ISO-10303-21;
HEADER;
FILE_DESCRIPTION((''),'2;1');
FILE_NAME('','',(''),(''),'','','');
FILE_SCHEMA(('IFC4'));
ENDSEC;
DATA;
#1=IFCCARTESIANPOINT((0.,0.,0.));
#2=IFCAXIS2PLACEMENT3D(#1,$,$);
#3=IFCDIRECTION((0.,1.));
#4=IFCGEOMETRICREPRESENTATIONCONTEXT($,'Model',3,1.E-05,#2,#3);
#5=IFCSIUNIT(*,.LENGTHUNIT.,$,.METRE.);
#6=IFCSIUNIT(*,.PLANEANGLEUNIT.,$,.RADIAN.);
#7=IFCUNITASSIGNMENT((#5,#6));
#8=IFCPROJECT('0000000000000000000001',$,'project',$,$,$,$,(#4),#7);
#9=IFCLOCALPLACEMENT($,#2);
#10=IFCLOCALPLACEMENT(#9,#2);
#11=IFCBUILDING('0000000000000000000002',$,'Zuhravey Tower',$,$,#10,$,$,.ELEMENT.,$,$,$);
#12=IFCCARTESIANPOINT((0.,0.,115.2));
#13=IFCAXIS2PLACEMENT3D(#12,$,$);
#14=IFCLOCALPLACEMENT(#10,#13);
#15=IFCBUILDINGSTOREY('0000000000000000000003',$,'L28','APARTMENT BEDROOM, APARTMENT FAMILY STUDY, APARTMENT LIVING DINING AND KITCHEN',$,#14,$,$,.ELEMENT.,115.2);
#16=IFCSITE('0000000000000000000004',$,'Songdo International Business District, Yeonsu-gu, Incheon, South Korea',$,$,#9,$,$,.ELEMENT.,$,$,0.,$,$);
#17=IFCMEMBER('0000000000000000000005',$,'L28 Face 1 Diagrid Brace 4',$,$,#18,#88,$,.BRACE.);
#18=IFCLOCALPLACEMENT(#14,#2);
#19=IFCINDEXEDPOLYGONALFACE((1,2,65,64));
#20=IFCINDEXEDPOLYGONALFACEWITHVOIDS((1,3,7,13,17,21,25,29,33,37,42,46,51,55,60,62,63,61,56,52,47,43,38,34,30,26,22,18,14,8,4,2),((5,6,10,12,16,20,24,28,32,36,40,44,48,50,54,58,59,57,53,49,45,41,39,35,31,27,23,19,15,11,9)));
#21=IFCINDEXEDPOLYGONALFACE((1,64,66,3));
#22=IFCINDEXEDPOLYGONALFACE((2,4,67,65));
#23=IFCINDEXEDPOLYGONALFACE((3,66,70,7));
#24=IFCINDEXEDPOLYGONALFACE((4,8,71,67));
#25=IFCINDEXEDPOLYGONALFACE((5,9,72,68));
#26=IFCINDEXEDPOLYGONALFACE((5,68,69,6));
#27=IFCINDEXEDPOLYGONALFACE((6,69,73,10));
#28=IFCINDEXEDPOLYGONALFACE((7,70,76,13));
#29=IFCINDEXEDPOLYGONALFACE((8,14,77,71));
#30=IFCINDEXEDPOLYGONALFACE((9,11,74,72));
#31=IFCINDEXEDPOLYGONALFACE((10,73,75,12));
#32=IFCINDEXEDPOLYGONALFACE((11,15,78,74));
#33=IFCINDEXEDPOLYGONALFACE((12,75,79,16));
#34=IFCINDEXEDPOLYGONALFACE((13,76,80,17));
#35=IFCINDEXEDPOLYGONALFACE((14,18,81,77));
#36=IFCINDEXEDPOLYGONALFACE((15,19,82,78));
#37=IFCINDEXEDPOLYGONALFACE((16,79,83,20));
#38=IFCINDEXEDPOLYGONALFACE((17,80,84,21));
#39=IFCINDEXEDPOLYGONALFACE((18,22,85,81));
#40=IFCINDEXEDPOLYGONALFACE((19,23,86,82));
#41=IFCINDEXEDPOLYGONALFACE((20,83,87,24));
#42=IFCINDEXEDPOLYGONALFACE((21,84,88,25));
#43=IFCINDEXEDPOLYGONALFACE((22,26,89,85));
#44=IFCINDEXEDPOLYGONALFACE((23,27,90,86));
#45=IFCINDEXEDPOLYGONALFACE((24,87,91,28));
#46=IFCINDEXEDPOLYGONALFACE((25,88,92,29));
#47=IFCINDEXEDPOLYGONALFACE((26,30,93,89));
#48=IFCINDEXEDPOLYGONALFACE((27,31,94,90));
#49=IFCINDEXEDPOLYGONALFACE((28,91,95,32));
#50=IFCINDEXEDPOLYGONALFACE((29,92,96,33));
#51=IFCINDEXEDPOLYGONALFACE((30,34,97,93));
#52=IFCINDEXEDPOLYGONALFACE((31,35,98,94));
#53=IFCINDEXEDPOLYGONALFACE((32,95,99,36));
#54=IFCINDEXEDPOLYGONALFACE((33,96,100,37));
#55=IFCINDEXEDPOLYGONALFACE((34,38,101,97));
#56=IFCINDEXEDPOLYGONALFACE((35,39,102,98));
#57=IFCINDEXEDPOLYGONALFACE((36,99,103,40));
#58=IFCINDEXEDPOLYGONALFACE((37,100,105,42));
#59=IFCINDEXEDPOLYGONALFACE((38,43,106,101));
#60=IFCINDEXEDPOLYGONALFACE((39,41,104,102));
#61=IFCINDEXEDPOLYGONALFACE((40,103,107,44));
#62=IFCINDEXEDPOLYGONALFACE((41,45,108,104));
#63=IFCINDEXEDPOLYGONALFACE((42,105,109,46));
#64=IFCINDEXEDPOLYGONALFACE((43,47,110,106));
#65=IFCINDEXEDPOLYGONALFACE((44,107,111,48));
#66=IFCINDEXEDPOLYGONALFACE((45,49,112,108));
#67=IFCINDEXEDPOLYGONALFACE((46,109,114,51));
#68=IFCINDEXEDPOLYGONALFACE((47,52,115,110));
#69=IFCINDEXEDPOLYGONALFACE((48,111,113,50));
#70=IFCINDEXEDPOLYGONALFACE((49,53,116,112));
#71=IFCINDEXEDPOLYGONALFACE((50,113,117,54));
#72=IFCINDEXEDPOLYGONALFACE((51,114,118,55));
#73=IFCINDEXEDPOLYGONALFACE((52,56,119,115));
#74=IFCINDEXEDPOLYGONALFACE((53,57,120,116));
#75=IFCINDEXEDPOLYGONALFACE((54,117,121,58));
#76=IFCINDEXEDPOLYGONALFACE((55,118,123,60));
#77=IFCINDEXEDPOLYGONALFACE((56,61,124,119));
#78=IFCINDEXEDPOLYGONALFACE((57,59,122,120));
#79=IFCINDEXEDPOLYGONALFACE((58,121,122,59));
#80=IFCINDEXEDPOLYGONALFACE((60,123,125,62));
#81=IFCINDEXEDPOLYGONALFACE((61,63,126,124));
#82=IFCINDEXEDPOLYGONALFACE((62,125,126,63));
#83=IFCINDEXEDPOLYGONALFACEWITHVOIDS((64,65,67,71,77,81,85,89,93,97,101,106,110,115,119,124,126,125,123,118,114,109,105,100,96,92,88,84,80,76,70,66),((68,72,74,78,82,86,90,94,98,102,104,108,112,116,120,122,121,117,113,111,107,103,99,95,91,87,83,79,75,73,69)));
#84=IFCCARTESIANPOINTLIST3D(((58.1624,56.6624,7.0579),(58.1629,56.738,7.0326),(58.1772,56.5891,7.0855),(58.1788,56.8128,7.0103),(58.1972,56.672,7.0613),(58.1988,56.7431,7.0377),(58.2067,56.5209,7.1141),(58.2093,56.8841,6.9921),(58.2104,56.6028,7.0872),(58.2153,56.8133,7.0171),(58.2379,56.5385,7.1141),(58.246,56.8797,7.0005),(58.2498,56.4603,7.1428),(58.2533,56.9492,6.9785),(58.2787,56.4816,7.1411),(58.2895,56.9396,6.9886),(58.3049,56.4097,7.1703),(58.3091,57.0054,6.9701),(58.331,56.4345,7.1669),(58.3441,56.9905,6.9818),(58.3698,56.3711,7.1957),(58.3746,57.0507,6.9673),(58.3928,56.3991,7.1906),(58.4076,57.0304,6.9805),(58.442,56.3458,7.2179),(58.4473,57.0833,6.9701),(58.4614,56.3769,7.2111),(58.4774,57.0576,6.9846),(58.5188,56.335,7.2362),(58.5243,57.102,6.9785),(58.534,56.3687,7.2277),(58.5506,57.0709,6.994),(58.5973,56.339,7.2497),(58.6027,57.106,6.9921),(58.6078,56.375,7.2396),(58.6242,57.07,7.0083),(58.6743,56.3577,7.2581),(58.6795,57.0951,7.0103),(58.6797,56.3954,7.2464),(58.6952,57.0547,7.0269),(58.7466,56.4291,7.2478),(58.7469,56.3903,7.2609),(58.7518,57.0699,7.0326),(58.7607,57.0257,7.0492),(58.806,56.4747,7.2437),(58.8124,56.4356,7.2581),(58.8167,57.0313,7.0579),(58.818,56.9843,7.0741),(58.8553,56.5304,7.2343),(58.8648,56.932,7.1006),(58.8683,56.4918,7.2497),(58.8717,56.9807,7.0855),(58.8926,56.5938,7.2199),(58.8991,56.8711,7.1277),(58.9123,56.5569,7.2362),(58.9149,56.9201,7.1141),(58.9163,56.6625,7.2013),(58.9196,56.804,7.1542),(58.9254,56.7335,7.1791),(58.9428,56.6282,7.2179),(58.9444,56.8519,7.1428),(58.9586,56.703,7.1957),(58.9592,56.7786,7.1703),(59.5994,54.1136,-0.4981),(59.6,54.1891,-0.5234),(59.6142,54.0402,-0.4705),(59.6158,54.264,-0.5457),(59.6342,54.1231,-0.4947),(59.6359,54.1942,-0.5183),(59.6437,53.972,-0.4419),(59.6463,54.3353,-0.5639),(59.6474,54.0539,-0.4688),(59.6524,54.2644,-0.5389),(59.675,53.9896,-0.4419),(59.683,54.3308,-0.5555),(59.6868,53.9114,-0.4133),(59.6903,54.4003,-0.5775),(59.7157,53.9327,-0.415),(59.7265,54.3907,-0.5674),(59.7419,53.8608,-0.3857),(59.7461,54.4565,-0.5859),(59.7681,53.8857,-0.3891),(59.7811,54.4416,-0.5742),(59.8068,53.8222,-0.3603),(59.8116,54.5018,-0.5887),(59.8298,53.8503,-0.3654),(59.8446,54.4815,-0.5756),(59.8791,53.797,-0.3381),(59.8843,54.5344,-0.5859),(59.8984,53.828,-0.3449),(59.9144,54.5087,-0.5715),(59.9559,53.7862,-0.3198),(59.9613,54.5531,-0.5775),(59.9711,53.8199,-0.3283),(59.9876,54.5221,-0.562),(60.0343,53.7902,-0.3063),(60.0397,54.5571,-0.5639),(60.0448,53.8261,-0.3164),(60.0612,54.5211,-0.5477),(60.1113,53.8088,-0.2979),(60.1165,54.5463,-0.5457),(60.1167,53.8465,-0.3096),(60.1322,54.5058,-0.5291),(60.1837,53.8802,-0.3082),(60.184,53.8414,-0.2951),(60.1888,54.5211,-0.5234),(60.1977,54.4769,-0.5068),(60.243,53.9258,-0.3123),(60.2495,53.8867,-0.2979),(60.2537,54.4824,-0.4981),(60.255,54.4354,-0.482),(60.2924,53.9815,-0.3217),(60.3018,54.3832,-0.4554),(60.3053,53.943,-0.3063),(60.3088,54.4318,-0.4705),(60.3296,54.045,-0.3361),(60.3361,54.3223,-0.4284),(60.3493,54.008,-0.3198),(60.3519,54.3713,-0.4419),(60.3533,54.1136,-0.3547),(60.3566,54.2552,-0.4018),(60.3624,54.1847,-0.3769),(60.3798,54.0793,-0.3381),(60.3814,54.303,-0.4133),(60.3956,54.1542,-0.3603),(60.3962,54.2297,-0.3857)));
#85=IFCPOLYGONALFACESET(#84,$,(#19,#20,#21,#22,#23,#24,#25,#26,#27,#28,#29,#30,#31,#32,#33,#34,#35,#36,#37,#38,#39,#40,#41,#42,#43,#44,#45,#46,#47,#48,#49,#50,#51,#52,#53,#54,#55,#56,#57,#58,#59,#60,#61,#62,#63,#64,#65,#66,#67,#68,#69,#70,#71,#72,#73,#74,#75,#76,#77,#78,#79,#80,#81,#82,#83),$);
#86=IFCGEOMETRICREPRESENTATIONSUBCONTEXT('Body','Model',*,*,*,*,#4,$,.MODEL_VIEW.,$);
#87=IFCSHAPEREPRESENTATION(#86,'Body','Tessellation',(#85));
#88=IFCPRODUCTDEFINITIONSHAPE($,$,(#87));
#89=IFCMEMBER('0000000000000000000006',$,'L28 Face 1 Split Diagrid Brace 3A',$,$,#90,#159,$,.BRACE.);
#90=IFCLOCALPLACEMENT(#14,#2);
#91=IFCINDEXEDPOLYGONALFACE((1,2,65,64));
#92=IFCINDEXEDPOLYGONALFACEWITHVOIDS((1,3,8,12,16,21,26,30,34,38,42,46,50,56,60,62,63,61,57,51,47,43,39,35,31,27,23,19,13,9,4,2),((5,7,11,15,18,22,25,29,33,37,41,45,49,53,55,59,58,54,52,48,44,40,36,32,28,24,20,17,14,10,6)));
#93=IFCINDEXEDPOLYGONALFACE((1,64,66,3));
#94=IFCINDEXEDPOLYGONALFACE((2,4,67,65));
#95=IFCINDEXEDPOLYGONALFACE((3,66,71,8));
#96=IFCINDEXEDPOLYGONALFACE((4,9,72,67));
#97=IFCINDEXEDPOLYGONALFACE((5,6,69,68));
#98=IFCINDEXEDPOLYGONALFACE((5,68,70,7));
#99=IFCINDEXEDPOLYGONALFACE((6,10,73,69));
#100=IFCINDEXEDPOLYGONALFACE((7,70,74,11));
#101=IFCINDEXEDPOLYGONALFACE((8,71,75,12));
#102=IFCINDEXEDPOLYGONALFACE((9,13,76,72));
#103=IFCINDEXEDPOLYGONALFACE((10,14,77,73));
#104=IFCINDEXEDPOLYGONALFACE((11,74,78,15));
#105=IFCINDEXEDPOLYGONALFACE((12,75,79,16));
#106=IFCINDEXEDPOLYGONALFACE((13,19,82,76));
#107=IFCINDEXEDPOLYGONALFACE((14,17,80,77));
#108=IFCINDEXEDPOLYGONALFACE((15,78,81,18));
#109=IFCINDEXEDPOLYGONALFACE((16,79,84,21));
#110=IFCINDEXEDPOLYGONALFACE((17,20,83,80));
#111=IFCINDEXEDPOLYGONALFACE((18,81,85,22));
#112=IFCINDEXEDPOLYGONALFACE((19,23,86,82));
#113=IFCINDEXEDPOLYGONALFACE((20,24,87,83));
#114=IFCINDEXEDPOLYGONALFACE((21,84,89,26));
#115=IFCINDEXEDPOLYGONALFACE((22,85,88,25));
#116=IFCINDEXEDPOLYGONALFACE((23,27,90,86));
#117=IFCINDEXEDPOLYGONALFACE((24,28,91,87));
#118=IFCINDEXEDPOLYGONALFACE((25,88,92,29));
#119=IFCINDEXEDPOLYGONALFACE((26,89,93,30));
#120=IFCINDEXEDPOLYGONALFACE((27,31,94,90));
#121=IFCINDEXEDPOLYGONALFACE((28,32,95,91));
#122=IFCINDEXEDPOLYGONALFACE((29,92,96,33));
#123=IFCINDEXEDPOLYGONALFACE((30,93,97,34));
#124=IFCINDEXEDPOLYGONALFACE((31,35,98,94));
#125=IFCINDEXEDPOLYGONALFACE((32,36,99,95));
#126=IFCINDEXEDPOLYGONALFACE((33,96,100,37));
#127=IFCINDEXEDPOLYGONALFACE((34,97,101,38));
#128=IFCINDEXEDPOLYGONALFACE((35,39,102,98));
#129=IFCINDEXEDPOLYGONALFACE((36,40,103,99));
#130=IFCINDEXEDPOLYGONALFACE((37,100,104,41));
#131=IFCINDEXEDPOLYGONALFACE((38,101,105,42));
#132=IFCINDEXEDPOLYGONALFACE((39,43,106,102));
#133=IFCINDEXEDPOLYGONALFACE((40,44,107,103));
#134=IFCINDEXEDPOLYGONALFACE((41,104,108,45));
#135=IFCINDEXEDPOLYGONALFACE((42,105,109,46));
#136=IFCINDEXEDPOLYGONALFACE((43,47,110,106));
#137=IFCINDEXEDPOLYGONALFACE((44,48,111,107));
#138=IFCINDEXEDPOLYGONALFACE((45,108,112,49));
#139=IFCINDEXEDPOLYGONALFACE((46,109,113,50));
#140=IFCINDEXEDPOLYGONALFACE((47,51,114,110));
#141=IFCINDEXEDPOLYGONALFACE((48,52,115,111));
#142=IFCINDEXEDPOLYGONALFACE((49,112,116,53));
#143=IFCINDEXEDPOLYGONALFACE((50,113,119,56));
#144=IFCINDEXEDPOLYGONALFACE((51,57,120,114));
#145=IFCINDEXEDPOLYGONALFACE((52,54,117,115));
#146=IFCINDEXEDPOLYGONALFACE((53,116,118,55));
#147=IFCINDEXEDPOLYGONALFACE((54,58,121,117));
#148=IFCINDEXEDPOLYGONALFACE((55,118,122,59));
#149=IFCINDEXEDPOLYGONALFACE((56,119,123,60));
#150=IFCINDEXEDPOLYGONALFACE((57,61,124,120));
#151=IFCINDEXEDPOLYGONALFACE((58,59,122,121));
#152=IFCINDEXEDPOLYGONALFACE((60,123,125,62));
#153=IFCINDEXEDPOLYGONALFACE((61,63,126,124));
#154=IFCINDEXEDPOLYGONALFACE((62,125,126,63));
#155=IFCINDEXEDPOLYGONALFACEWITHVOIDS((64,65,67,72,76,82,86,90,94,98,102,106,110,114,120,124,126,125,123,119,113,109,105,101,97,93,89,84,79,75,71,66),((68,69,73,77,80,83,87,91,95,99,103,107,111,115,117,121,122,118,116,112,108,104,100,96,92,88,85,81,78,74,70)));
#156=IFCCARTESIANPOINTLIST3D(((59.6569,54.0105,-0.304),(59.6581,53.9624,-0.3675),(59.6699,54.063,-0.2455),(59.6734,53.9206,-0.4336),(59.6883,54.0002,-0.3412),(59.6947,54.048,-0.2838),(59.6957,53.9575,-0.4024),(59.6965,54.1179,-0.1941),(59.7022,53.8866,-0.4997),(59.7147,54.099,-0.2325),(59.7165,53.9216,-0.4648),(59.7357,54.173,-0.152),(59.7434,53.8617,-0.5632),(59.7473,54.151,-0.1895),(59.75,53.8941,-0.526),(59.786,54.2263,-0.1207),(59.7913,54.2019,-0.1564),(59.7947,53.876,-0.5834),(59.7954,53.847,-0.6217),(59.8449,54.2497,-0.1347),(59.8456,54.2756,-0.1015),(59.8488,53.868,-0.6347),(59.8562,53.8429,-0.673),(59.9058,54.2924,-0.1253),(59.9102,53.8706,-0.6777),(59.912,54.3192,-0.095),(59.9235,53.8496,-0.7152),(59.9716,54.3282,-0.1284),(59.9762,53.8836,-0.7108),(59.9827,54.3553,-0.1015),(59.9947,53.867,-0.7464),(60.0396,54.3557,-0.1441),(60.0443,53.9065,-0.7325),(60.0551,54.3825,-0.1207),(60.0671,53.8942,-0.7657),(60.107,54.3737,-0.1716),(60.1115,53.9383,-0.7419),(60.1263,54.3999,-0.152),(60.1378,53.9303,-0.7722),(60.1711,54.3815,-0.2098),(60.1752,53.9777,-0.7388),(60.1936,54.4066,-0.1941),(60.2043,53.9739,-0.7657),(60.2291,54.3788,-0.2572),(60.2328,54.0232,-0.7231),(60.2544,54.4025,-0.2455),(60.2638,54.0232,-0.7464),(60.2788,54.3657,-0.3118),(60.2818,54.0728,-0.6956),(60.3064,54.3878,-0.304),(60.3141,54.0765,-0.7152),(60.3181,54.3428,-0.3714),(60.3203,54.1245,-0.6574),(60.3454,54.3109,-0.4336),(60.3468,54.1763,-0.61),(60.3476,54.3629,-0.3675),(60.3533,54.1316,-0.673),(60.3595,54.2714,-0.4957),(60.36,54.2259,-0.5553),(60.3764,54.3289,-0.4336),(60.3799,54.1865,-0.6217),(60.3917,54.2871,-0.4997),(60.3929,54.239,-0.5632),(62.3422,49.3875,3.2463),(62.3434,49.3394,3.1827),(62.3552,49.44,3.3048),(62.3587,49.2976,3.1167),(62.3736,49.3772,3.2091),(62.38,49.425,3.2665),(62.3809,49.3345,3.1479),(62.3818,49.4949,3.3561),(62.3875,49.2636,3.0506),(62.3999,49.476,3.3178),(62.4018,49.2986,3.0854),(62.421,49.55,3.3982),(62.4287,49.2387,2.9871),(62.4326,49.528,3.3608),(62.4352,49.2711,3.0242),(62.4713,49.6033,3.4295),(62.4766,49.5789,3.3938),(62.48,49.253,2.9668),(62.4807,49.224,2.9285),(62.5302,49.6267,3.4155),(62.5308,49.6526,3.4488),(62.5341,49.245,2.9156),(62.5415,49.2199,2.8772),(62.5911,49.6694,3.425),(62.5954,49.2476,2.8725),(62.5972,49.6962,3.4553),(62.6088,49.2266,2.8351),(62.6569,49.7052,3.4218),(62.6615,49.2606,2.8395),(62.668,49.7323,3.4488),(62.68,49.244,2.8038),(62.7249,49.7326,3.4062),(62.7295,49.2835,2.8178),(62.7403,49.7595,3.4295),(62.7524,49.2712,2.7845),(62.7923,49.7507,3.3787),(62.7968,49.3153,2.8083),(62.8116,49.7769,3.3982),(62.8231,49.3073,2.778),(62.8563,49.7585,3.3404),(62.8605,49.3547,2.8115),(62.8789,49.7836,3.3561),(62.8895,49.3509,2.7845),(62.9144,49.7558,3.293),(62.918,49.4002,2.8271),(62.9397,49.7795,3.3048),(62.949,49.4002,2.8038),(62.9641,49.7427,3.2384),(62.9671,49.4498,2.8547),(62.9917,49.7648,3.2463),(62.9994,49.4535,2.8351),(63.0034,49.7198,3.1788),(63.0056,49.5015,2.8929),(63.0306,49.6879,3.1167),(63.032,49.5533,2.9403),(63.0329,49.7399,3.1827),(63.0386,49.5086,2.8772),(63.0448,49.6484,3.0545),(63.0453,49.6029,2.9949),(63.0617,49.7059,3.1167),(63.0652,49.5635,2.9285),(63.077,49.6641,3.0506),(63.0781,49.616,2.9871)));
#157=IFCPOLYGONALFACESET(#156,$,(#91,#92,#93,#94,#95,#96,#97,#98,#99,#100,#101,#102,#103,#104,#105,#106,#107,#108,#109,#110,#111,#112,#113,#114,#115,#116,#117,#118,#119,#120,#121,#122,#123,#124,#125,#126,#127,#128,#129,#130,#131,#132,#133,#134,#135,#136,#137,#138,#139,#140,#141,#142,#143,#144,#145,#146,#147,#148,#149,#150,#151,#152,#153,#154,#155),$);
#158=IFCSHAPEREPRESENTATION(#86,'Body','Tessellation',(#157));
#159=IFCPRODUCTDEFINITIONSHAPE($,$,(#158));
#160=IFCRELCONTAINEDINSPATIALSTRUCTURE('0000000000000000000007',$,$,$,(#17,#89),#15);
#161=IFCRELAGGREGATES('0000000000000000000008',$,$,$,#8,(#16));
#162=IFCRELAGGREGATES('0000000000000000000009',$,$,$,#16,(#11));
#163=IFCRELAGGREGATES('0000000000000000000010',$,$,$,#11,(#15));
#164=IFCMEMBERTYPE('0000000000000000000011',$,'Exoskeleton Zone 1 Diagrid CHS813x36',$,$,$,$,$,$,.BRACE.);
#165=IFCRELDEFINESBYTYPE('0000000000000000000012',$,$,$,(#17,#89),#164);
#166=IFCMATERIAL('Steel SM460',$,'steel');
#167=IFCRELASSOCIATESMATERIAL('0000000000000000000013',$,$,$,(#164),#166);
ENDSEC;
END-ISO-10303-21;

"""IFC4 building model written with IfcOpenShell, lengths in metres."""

from ifc_helpers import new_model, si_unit, direction, frame, origin, origin_2d, place, context, subcontext, project, spatial, hollow_circle, extrude, material, material_profile, profile_set, type_object, element, save


model = new_model("IFC4")

# Units and contexts
model_context = context("Model", 3, precision=1e-05, world=origin(), true_north=direction((0.0, 1.0)))
body_context = subcontext(model_context, "Body", "Model", "MODEL_VIEW")
ifc_project = project(units=[si_unit("LENGTHUNIT", "METRE"), si_unit("PLANEANGLEUNIT", "RADIAN")], contexts=[model_context])

# Site, building, storey
site_placement = place(None, origin())
site = spatial("IfcSite", under=ifc_project, at=site_placement, Name="Songdo International Business District, Yeonsu-gu, Incheon, South Korea", CompositionType="ELEMENT", RefElevation=0.0)
building_placement = place(site_placement, origin())
building = spatial("IfcBuilding", under=site, at=building_placement, Name="Zuhravey Tower", CompositionType="ELEMENT")
storey_placement = place(building_placement, frame((0.0, 0.0, 115.2)))
storey = spatial("IfcBuildingStorey", under=building, at=storey_placement, Name="L28", Description="APARTMENT BEDROOM, APARTMENT FAMILY STUDY, APARTMENT LIVING DINING AND KITCHEN", CompositionType="ELEMENT", Elevation=115.2)

# Members
ifc_material_1 = material(Name="Steel SM460", Category="steel")
ifc_material_profile_1 = material_profile(ifc_material_1, hollow_circle(Radius=0.4065, WallThickness=0.0359, at=origin_2d()), Name="CHS-812.8x36")
ifc_profile_set_1 = profile_set([ifc_material_profile_1], Name="Steel SM460")
member_type_1 = type_object("IfcMemberType", Name="Exoskeleton Zone 1 Diagrid CHS813x36", PredefinedType="BRACE", material=ifc_profile_set_1)
member_1_placement = place(storey_placement, frame((59.9978, 54.1716, -0.4419), z_axis=(-0.17735, 0.314566, 0.932521), x_axis=(-0.871094, -0.491117, 0.0)))
element("IfcMember", 1, at=member_1_placement, inside=storey, type_object=member_type_1, Name="L28 Face 1 Diagrid Brace 4", PredefinedType="BRACE", context=body_context, shape_type="SweptSolid", body=[
    extrude(hollow_circle(Radius=0.4065, WallThickness=0.0359, at=origin_2d()), origin(), (0.0, 0.0, 1.0), 8.1028),
])
member_2_placement = place(storey_placement, frame((60.0249, 54.1248, -0.4336), z_axis=(0.418416, -0.720349, 0.553196), x_axis=(0.864712, 0.502269, 0.0)))
element("IfcMember", 2, at=member_2_placement, inside=storey, type_object=member_type_1, Name="L28 Face 1 Split Diagrid Brace 3A", PredefinedType="BRACE", context=body_context, shape_type="SweptSolid", body=[
    extrude(hollow_circle(Radius=0.4065, WallThickness=0.0359, at=origin_2d()), origin(), (0.0, 0.0, 1.0), 6.4177),
])

save(model, "model.ifc")
